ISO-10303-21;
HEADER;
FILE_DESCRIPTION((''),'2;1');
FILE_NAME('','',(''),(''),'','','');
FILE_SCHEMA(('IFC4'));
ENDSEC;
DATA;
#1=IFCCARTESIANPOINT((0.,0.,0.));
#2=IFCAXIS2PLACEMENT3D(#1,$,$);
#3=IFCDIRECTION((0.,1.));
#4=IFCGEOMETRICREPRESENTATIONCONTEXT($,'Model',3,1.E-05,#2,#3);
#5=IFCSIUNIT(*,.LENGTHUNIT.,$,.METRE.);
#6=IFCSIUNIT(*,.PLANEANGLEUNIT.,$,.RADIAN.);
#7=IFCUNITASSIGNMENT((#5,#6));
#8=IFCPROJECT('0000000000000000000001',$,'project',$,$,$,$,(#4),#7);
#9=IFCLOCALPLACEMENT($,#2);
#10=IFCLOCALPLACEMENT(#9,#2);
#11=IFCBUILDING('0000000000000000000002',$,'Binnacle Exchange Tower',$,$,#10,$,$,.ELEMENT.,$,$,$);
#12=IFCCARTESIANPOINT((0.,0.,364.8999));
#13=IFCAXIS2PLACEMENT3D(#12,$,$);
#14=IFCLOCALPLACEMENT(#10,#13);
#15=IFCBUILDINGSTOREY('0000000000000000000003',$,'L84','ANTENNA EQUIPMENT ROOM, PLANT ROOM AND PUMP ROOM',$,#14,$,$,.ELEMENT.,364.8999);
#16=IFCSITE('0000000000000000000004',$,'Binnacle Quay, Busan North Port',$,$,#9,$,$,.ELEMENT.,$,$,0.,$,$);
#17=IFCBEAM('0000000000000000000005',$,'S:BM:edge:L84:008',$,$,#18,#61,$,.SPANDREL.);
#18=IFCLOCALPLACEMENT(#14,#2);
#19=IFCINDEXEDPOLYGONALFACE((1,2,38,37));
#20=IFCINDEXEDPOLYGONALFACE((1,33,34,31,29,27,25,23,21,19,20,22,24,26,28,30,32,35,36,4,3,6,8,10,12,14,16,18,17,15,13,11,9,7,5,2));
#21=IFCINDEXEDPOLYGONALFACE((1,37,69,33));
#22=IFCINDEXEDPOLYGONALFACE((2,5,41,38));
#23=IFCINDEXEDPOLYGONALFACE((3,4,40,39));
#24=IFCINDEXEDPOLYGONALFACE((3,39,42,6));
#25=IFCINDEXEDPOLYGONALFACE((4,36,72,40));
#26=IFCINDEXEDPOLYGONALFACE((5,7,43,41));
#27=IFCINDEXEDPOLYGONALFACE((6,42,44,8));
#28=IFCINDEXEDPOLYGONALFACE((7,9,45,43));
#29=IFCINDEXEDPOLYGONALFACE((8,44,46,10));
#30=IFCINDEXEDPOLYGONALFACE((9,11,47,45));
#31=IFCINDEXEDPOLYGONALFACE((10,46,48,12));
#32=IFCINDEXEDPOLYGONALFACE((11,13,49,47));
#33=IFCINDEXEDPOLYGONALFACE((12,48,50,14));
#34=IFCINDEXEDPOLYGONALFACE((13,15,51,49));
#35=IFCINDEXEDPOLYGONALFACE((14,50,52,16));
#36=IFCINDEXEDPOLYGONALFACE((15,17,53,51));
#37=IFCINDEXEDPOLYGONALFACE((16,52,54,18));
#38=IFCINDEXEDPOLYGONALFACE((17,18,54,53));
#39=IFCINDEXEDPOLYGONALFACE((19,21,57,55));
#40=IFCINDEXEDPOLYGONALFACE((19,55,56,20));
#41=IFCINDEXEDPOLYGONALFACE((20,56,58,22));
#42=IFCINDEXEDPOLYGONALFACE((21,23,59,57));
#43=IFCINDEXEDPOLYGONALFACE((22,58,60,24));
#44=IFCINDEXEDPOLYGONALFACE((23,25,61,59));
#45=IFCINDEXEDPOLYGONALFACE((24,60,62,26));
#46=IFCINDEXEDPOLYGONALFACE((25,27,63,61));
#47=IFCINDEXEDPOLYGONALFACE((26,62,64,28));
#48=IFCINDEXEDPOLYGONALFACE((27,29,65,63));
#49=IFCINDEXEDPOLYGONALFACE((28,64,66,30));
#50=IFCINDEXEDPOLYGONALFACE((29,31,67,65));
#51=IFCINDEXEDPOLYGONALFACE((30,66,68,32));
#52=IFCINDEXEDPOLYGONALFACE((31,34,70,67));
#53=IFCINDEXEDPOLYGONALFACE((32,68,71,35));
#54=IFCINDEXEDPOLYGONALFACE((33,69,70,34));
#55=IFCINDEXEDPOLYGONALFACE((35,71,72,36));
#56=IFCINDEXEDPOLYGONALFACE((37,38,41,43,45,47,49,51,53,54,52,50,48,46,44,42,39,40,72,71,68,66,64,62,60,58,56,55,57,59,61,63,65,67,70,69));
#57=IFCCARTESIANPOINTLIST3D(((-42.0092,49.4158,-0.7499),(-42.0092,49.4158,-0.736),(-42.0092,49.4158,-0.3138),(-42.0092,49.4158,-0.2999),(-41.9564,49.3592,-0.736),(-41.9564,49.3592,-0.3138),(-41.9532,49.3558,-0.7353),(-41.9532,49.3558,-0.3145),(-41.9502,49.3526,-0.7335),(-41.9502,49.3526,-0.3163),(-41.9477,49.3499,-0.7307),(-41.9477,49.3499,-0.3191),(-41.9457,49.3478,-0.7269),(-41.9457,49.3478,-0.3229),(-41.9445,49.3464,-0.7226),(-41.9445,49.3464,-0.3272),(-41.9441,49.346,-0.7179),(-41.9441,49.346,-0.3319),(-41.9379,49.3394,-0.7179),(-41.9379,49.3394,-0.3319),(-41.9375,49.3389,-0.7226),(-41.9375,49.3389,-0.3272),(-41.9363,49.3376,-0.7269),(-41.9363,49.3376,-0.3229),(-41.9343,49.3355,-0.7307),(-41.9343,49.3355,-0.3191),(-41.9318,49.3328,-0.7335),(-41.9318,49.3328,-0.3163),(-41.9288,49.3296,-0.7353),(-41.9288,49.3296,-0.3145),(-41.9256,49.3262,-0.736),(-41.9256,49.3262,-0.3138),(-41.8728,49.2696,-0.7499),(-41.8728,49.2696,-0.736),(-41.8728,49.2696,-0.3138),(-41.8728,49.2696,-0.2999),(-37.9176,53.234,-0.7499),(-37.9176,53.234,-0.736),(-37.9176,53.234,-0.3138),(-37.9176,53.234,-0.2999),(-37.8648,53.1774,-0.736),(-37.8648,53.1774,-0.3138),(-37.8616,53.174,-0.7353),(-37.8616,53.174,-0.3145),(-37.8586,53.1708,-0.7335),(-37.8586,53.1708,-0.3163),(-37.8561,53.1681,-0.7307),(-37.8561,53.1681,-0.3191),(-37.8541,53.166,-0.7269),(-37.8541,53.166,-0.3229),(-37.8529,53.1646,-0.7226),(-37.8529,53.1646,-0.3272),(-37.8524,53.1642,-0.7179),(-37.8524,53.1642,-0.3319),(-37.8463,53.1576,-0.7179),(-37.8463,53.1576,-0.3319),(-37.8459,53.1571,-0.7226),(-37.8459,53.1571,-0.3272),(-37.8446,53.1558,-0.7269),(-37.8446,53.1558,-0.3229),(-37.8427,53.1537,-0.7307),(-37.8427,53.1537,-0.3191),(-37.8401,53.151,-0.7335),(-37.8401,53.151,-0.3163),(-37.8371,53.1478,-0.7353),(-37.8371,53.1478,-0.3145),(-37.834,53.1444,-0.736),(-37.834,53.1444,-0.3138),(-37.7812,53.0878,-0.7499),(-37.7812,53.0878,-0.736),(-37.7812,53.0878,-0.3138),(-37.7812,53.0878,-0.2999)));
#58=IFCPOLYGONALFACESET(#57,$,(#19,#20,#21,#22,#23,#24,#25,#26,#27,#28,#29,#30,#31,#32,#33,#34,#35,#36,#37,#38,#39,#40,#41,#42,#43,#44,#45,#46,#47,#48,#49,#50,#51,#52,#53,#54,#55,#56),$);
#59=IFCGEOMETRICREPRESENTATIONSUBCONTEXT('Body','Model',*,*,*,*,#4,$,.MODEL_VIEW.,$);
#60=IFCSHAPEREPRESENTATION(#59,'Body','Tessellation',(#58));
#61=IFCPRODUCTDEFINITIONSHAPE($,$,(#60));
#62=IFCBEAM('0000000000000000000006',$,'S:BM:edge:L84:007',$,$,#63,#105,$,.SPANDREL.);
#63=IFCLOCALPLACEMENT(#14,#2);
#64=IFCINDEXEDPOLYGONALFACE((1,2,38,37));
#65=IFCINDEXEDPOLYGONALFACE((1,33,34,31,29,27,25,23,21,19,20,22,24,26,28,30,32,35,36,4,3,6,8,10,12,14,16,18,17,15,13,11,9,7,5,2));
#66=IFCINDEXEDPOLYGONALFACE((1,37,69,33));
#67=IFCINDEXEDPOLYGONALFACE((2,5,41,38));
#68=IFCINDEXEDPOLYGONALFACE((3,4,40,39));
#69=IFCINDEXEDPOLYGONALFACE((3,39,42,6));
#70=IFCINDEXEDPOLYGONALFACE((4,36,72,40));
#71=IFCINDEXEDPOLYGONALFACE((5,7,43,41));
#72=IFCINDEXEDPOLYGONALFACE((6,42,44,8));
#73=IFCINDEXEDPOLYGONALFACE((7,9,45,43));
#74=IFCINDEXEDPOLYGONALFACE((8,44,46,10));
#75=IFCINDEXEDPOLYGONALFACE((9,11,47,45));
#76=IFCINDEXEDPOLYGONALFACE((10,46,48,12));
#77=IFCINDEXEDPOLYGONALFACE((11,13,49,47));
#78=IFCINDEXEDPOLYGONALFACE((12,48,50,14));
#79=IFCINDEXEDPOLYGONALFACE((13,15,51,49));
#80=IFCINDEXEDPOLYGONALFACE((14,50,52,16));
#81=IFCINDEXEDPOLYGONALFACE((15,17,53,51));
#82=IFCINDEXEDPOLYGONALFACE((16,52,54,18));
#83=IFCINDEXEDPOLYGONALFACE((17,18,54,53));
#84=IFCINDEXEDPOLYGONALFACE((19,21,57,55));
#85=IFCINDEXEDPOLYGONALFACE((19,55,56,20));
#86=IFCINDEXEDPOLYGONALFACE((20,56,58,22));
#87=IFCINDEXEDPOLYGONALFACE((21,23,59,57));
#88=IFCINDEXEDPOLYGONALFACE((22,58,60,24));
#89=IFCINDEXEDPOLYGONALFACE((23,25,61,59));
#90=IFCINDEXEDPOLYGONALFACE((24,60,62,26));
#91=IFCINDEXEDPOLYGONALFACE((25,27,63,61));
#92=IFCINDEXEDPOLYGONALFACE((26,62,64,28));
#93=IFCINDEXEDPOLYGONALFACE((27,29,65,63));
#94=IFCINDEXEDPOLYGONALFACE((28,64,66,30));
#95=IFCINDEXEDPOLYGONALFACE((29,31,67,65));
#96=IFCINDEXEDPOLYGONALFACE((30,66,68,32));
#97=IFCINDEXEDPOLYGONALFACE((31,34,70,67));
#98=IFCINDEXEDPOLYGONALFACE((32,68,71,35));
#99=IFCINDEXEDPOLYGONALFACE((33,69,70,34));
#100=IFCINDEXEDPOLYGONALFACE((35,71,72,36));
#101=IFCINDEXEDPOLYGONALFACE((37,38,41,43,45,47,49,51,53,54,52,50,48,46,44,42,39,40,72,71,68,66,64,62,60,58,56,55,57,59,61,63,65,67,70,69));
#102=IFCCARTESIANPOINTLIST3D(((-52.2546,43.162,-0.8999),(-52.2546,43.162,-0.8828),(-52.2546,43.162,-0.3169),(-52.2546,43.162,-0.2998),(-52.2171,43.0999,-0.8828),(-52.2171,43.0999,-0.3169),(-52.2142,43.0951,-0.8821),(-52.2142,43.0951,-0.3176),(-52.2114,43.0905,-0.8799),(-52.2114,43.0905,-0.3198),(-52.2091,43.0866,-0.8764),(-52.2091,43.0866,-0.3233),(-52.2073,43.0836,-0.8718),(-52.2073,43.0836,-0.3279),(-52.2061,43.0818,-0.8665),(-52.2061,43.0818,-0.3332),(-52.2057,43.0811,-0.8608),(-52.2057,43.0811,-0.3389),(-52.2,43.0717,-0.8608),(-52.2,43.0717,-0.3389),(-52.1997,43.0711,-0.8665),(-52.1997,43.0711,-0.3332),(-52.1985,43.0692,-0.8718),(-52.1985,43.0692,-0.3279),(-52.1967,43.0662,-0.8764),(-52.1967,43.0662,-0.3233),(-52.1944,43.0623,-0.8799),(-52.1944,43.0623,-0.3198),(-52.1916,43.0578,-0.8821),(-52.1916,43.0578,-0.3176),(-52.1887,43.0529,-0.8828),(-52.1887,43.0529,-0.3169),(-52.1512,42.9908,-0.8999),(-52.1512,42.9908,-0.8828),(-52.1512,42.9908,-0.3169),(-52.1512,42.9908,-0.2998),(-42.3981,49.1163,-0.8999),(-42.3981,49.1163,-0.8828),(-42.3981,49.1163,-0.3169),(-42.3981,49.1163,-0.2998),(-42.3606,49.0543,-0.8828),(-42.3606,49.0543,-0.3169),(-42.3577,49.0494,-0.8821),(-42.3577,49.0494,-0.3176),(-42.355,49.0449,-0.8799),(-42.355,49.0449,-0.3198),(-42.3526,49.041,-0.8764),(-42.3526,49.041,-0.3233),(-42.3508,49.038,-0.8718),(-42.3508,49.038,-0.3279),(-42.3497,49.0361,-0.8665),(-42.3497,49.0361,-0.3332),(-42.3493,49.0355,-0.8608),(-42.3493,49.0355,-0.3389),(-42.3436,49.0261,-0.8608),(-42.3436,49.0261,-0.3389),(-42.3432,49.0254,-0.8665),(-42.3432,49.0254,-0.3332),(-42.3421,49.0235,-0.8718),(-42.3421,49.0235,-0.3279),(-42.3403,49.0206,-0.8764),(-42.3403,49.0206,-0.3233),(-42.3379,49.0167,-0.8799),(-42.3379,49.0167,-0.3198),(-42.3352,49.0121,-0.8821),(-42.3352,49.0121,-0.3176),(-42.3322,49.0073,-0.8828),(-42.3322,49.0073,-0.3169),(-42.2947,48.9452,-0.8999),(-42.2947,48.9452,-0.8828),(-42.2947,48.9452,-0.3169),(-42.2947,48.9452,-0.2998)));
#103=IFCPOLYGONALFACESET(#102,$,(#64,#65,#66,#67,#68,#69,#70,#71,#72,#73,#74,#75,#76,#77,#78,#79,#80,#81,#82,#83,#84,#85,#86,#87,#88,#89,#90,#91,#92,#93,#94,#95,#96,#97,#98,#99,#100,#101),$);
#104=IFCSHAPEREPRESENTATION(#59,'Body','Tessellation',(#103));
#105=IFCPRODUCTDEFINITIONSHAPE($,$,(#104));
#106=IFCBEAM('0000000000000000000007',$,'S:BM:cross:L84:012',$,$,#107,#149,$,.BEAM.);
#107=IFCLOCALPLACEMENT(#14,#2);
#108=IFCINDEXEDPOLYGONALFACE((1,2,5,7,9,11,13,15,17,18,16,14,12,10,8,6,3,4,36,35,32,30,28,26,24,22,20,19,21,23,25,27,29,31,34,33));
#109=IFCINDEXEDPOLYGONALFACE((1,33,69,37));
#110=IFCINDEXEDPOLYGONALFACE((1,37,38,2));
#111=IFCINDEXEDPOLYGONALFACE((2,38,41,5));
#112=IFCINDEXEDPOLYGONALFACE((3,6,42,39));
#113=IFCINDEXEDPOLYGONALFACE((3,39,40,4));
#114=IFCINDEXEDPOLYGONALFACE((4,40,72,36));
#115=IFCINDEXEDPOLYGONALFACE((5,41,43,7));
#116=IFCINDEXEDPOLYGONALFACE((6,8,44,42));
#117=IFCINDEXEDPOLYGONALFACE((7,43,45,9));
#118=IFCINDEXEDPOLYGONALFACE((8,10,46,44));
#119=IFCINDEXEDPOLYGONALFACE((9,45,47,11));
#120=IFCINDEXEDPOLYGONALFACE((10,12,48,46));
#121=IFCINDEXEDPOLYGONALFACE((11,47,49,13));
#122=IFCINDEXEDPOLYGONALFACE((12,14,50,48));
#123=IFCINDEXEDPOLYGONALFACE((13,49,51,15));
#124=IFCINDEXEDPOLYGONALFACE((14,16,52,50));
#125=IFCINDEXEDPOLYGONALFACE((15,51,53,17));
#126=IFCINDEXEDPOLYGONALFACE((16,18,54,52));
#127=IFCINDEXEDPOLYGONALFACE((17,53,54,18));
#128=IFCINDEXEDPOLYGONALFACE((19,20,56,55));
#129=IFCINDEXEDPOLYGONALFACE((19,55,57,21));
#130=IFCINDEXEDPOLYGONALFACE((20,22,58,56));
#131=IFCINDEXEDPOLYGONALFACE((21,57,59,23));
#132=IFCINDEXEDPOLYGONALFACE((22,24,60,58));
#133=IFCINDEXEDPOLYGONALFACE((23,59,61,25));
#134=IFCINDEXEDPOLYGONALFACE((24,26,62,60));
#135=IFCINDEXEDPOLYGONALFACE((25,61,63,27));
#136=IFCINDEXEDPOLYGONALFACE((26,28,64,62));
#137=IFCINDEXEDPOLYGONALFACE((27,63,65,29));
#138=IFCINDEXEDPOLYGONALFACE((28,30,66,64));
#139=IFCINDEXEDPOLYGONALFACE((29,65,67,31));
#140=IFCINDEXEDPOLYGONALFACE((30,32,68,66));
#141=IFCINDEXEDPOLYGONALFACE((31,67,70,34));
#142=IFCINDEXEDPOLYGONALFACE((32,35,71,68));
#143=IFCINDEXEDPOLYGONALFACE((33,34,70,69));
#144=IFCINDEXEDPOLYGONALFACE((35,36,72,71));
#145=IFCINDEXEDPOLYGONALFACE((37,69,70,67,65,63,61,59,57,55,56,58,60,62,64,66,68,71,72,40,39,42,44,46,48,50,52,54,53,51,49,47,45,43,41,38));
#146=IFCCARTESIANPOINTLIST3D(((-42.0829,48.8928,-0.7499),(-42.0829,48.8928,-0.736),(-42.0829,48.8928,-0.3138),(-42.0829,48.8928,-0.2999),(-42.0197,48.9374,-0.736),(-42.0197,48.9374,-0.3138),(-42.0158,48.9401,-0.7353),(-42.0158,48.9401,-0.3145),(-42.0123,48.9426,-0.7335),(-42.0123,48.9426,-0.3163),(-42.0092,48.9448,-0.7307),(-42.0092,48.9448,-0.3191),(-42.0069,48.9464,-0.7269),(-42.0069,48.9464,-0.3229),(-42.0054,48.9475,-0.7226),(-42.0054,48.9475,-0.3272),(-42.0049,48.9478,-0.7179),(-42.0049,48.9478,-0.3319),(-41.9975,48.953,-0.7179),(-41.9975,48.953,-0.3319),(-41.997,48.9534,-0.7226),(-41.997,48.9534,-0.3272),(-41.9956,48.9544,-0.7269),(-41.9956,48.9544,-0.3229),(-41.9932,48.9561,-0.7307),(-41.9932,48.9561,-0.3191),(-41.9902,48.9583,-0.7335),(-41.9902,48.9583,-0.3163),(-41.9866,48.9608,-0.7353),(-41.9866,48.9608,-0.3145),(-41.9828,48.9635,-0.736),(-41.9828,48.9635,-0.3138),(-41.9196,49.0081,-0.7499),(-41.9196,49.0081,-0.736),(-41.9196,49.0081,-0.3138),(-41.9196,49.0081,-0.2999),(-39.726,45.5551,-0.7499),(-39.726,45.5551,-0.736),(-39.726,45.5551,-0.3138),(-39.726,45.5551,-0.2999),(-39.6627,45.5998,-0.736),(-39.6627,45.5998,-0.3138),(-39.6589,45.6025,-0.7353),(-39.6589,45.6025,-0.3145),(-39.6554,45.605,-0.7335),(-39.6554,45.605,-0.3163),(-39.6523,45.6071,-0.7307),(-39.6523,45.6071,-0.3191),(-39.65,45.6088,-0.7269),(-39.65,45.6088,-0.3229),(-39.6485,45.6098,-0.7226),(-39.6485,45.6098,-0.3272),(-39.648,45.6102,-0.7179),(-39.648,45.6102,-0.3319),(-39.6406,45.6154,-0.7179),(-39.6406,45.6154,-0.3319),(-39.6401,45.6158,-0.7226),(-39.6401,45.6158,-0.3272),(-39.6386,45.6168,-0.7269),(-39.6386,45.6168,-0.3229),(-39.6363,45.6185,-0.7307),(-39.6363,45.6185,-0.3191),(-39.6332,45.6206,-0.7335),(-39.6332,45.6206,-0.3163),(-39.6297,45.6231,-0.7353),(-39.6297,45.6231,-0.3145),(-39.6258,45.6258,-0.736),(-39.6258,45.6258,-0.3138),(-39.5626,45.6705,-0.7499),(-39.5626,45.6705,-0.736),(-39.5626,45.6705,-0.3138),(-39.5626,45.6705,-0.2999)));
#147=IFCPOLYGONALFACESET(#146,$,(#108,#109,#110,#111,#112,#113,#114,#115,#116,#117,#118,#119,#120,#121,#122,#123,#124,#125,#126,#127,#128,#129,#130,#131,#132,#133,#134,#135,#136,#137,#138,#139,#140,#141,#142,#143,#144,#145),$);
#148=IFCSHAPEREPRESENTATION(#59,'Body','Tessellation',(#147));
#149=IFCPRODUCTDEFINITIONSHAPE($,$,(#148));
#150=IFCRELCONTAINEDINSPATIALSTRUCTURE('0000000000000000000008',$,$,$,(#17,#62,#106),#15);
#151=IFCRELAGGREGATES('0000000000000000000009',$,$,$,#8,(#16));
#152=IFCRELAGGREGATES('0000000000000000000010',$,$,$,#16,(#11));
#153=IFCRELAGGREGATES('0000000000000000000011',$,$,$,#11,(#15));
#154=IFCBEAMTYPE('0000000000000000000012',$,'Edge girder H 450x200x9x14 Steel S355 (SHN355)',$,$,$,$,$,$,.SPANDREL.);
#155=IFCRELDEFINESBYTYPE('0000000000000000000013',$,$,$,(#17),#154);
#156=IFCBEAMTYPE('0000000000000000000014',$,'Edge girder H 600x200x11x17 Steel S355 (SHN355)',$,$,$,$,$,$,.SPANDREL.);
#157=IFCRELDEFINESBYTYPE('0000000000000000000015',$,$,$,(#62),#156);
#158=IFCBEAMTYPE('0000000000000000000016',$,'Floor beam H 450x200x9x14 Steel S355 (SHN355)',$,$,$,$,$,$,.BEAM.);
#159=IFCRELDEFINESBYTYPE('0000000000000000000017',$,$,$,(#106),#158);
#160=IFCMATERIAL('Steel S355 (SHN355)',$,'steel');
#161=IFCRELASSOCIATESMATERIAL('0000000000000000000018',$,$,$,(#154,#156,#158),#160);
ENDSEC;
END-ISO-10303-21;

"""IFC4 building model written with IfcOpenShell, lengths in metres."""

from ifc_helpers import new_model, si_unit, direction, frame, origin, origin_2d, place, context, subcontext, project, spatial, i_section, extrude, material, material_profile, profile_set, type_object, element, save


model = new_model("IFC4")

# Units and contexts
model_context = context("Model", 3, precision=1e-05, world=origin(), true_north=direction((0.0, 1.0)))
body_context = subcontext(model_context, "Body", "Model", "MODEL_VIEW")
ifc_project = project(units=[si_unit("LENGTHUNIT", "METRE"), si_unit("PLANEANGLEUNIT", "RADIAN")], contexts=[model_context])

# Site, building, storey
site_placement = place(None, origin())
site = spatial("IfcSite", under=ifc_project, at=site_placement, Name="Binnacle Quay, Busan North Port", CompositionType="ELEMENT", RefElevation=0.0)
building_placement = place(site_placement, origin())
building = spatial("IfcBuilding", under=site, at=building_placement, Name="Binnacle Exchange Tower", CompositionType="ELEMENT")
storey_placement = place(building_placement, frame((0.0, 0.0, 364.8999)))
storey = spatial("IfcBuildingStorey", under=building, at=storey_placement, Name="L84", Description="ANTENNA EQUIPMENT ROOM, PLANT ROOM AND PUMP ROOM", CompositionType="ELEMENT", Elevation=364.8999)

# Shared definitions
ifc_material_1 = material(Name="Steel S355 (SHN355)", Category="steel")

# Beams
ifc_material_profile_1 = material_profile(ifc_material_1, i_section(OverallWidth=0.2, OverallDepth=0.45, WebThickness=0.009, FlangeThickness=0.0139, FilletRadius=0.0181, at=origin_2d()), Name="H 450x200x9x14")
ifc_profile_set_1 = profile_set([ifc_material_profile_1], Name="Steel S355 (SHN355)")
beam_type_1 = type_object("IfcBeamType", Name="Edge girder H 450x200x9x14 Steel S355 (SHN355)", PredefinedType="SPANDREL", material=ifc_profile_set_1)
beam_1_placement = place(storey_placement, frame((-37.8494, 53.1609, -0.5249), z_axis=(-0.731115, -0.682255, 0.0), x_axis=(0.682255, -0.731115, 0.0)))
element("IfcBeam", 1, at=beam_1_placement, inside=storey, type_object=beam_type_1, Name="S:BM:edge:L84:008", PredefinedType="SPANDREL", context=body_context, shape_type="SweptSolid", body=[
    extrude(i_section(OverallWidth=0.2, OverallDepth=0.45, WebThickness=0.009, FlangeThickness=0.0139, FilletRadius=0.0181, at=origin_2d()), origin(), (0.0, 0.0, 1.0), 5.5964),
])
ifc_material_profile_2 = material_profile(ifc_material_1, i_section(OverallWidth=0.2, OverallDepth=0.6001, WebThickness=0.011, FlangeThickness=0.0171, FilletRadius=0.022, at=origin_2d()), Name="H 600x200x11x17")
ifc_profile_set_2 = profile_set([ifc_material_profile_2], Name="Steel S355 (SHN355)")
beam_type_2 = type_object("IfcBeamType", Name="Edge girder H 600x200x11x17 Steel S355 (SHN355)", PredefinedType="SPANDREL", material=ifc_profile_set_2)
beam_2_placement = place(storey_placement, frame((-42.3464, 49.0308, -0.5999), z_axis=(-0.855938, -0.517078, 0.0), x_axis=(0.517078, -0.855938, 0.0)))
element("IfcBeam", 2, at=beam_2_placement, inside=storey, type_object=beam_type_2, Name="S:BM:edge:L84:007", PredefinedType="SPANDREL", context=body_context, shape_type="SweptSolid", body=[
    extrude(i_section(OverallWidth=0.2, OverallDepth=0.6001, WebThickness=0.011, FlangeThickness=0.0171, FilletRadius=0.022, at=origin_2d()), origin(), (0.0, 0.0, 1.0), 11.5154),
])
ifc_material_profile_3 = material_profile(ifc_material_1, i_section(OverallWidth=0.2, OverallDepth=0.45, WebThickness=0.009, FlangeThickness=0.0139, FilletRadius=0.0181, at=origin_2d()), Name="H 450x200x9x14")
ifc_profile_set_3 = profile_set([ifc_material_profile_3], Name="Steel S355 (SHN355)")
beam_type_3 = type_object("IfcBeamType", Name="Floor beam H 450x200x9x14 Steel S355 (SHN355)", PredefinedType="BEAM", material=ifc_profile_set_3)
beam_3_placement = place(storey_placement, frame((-42.0012, 48.9504, -0.5249), z_axis=(0.576838, -0.816859, 0.0), x_axis=(0.816859, 0.576838, 0.0)))
element("IfcBeam", 3, at=beam_3_placement, inside=storey, type_object=beam_type_3, Name="S:BM:cross:L84:012", PredefinedType="BEAM", context=body_context, shape_type="SweptSolid", body=[
    extrude(i_section(OverallWidth=0.2, OverallDepth=0.45, WebThickness=0.009, FlangeThickness=0.0139, FilletRadius=0.0181, at=origin_2d()), origin(), (0.0, 0.0, 1.0), 4.0859),
])

save(model, "model.ifc")
